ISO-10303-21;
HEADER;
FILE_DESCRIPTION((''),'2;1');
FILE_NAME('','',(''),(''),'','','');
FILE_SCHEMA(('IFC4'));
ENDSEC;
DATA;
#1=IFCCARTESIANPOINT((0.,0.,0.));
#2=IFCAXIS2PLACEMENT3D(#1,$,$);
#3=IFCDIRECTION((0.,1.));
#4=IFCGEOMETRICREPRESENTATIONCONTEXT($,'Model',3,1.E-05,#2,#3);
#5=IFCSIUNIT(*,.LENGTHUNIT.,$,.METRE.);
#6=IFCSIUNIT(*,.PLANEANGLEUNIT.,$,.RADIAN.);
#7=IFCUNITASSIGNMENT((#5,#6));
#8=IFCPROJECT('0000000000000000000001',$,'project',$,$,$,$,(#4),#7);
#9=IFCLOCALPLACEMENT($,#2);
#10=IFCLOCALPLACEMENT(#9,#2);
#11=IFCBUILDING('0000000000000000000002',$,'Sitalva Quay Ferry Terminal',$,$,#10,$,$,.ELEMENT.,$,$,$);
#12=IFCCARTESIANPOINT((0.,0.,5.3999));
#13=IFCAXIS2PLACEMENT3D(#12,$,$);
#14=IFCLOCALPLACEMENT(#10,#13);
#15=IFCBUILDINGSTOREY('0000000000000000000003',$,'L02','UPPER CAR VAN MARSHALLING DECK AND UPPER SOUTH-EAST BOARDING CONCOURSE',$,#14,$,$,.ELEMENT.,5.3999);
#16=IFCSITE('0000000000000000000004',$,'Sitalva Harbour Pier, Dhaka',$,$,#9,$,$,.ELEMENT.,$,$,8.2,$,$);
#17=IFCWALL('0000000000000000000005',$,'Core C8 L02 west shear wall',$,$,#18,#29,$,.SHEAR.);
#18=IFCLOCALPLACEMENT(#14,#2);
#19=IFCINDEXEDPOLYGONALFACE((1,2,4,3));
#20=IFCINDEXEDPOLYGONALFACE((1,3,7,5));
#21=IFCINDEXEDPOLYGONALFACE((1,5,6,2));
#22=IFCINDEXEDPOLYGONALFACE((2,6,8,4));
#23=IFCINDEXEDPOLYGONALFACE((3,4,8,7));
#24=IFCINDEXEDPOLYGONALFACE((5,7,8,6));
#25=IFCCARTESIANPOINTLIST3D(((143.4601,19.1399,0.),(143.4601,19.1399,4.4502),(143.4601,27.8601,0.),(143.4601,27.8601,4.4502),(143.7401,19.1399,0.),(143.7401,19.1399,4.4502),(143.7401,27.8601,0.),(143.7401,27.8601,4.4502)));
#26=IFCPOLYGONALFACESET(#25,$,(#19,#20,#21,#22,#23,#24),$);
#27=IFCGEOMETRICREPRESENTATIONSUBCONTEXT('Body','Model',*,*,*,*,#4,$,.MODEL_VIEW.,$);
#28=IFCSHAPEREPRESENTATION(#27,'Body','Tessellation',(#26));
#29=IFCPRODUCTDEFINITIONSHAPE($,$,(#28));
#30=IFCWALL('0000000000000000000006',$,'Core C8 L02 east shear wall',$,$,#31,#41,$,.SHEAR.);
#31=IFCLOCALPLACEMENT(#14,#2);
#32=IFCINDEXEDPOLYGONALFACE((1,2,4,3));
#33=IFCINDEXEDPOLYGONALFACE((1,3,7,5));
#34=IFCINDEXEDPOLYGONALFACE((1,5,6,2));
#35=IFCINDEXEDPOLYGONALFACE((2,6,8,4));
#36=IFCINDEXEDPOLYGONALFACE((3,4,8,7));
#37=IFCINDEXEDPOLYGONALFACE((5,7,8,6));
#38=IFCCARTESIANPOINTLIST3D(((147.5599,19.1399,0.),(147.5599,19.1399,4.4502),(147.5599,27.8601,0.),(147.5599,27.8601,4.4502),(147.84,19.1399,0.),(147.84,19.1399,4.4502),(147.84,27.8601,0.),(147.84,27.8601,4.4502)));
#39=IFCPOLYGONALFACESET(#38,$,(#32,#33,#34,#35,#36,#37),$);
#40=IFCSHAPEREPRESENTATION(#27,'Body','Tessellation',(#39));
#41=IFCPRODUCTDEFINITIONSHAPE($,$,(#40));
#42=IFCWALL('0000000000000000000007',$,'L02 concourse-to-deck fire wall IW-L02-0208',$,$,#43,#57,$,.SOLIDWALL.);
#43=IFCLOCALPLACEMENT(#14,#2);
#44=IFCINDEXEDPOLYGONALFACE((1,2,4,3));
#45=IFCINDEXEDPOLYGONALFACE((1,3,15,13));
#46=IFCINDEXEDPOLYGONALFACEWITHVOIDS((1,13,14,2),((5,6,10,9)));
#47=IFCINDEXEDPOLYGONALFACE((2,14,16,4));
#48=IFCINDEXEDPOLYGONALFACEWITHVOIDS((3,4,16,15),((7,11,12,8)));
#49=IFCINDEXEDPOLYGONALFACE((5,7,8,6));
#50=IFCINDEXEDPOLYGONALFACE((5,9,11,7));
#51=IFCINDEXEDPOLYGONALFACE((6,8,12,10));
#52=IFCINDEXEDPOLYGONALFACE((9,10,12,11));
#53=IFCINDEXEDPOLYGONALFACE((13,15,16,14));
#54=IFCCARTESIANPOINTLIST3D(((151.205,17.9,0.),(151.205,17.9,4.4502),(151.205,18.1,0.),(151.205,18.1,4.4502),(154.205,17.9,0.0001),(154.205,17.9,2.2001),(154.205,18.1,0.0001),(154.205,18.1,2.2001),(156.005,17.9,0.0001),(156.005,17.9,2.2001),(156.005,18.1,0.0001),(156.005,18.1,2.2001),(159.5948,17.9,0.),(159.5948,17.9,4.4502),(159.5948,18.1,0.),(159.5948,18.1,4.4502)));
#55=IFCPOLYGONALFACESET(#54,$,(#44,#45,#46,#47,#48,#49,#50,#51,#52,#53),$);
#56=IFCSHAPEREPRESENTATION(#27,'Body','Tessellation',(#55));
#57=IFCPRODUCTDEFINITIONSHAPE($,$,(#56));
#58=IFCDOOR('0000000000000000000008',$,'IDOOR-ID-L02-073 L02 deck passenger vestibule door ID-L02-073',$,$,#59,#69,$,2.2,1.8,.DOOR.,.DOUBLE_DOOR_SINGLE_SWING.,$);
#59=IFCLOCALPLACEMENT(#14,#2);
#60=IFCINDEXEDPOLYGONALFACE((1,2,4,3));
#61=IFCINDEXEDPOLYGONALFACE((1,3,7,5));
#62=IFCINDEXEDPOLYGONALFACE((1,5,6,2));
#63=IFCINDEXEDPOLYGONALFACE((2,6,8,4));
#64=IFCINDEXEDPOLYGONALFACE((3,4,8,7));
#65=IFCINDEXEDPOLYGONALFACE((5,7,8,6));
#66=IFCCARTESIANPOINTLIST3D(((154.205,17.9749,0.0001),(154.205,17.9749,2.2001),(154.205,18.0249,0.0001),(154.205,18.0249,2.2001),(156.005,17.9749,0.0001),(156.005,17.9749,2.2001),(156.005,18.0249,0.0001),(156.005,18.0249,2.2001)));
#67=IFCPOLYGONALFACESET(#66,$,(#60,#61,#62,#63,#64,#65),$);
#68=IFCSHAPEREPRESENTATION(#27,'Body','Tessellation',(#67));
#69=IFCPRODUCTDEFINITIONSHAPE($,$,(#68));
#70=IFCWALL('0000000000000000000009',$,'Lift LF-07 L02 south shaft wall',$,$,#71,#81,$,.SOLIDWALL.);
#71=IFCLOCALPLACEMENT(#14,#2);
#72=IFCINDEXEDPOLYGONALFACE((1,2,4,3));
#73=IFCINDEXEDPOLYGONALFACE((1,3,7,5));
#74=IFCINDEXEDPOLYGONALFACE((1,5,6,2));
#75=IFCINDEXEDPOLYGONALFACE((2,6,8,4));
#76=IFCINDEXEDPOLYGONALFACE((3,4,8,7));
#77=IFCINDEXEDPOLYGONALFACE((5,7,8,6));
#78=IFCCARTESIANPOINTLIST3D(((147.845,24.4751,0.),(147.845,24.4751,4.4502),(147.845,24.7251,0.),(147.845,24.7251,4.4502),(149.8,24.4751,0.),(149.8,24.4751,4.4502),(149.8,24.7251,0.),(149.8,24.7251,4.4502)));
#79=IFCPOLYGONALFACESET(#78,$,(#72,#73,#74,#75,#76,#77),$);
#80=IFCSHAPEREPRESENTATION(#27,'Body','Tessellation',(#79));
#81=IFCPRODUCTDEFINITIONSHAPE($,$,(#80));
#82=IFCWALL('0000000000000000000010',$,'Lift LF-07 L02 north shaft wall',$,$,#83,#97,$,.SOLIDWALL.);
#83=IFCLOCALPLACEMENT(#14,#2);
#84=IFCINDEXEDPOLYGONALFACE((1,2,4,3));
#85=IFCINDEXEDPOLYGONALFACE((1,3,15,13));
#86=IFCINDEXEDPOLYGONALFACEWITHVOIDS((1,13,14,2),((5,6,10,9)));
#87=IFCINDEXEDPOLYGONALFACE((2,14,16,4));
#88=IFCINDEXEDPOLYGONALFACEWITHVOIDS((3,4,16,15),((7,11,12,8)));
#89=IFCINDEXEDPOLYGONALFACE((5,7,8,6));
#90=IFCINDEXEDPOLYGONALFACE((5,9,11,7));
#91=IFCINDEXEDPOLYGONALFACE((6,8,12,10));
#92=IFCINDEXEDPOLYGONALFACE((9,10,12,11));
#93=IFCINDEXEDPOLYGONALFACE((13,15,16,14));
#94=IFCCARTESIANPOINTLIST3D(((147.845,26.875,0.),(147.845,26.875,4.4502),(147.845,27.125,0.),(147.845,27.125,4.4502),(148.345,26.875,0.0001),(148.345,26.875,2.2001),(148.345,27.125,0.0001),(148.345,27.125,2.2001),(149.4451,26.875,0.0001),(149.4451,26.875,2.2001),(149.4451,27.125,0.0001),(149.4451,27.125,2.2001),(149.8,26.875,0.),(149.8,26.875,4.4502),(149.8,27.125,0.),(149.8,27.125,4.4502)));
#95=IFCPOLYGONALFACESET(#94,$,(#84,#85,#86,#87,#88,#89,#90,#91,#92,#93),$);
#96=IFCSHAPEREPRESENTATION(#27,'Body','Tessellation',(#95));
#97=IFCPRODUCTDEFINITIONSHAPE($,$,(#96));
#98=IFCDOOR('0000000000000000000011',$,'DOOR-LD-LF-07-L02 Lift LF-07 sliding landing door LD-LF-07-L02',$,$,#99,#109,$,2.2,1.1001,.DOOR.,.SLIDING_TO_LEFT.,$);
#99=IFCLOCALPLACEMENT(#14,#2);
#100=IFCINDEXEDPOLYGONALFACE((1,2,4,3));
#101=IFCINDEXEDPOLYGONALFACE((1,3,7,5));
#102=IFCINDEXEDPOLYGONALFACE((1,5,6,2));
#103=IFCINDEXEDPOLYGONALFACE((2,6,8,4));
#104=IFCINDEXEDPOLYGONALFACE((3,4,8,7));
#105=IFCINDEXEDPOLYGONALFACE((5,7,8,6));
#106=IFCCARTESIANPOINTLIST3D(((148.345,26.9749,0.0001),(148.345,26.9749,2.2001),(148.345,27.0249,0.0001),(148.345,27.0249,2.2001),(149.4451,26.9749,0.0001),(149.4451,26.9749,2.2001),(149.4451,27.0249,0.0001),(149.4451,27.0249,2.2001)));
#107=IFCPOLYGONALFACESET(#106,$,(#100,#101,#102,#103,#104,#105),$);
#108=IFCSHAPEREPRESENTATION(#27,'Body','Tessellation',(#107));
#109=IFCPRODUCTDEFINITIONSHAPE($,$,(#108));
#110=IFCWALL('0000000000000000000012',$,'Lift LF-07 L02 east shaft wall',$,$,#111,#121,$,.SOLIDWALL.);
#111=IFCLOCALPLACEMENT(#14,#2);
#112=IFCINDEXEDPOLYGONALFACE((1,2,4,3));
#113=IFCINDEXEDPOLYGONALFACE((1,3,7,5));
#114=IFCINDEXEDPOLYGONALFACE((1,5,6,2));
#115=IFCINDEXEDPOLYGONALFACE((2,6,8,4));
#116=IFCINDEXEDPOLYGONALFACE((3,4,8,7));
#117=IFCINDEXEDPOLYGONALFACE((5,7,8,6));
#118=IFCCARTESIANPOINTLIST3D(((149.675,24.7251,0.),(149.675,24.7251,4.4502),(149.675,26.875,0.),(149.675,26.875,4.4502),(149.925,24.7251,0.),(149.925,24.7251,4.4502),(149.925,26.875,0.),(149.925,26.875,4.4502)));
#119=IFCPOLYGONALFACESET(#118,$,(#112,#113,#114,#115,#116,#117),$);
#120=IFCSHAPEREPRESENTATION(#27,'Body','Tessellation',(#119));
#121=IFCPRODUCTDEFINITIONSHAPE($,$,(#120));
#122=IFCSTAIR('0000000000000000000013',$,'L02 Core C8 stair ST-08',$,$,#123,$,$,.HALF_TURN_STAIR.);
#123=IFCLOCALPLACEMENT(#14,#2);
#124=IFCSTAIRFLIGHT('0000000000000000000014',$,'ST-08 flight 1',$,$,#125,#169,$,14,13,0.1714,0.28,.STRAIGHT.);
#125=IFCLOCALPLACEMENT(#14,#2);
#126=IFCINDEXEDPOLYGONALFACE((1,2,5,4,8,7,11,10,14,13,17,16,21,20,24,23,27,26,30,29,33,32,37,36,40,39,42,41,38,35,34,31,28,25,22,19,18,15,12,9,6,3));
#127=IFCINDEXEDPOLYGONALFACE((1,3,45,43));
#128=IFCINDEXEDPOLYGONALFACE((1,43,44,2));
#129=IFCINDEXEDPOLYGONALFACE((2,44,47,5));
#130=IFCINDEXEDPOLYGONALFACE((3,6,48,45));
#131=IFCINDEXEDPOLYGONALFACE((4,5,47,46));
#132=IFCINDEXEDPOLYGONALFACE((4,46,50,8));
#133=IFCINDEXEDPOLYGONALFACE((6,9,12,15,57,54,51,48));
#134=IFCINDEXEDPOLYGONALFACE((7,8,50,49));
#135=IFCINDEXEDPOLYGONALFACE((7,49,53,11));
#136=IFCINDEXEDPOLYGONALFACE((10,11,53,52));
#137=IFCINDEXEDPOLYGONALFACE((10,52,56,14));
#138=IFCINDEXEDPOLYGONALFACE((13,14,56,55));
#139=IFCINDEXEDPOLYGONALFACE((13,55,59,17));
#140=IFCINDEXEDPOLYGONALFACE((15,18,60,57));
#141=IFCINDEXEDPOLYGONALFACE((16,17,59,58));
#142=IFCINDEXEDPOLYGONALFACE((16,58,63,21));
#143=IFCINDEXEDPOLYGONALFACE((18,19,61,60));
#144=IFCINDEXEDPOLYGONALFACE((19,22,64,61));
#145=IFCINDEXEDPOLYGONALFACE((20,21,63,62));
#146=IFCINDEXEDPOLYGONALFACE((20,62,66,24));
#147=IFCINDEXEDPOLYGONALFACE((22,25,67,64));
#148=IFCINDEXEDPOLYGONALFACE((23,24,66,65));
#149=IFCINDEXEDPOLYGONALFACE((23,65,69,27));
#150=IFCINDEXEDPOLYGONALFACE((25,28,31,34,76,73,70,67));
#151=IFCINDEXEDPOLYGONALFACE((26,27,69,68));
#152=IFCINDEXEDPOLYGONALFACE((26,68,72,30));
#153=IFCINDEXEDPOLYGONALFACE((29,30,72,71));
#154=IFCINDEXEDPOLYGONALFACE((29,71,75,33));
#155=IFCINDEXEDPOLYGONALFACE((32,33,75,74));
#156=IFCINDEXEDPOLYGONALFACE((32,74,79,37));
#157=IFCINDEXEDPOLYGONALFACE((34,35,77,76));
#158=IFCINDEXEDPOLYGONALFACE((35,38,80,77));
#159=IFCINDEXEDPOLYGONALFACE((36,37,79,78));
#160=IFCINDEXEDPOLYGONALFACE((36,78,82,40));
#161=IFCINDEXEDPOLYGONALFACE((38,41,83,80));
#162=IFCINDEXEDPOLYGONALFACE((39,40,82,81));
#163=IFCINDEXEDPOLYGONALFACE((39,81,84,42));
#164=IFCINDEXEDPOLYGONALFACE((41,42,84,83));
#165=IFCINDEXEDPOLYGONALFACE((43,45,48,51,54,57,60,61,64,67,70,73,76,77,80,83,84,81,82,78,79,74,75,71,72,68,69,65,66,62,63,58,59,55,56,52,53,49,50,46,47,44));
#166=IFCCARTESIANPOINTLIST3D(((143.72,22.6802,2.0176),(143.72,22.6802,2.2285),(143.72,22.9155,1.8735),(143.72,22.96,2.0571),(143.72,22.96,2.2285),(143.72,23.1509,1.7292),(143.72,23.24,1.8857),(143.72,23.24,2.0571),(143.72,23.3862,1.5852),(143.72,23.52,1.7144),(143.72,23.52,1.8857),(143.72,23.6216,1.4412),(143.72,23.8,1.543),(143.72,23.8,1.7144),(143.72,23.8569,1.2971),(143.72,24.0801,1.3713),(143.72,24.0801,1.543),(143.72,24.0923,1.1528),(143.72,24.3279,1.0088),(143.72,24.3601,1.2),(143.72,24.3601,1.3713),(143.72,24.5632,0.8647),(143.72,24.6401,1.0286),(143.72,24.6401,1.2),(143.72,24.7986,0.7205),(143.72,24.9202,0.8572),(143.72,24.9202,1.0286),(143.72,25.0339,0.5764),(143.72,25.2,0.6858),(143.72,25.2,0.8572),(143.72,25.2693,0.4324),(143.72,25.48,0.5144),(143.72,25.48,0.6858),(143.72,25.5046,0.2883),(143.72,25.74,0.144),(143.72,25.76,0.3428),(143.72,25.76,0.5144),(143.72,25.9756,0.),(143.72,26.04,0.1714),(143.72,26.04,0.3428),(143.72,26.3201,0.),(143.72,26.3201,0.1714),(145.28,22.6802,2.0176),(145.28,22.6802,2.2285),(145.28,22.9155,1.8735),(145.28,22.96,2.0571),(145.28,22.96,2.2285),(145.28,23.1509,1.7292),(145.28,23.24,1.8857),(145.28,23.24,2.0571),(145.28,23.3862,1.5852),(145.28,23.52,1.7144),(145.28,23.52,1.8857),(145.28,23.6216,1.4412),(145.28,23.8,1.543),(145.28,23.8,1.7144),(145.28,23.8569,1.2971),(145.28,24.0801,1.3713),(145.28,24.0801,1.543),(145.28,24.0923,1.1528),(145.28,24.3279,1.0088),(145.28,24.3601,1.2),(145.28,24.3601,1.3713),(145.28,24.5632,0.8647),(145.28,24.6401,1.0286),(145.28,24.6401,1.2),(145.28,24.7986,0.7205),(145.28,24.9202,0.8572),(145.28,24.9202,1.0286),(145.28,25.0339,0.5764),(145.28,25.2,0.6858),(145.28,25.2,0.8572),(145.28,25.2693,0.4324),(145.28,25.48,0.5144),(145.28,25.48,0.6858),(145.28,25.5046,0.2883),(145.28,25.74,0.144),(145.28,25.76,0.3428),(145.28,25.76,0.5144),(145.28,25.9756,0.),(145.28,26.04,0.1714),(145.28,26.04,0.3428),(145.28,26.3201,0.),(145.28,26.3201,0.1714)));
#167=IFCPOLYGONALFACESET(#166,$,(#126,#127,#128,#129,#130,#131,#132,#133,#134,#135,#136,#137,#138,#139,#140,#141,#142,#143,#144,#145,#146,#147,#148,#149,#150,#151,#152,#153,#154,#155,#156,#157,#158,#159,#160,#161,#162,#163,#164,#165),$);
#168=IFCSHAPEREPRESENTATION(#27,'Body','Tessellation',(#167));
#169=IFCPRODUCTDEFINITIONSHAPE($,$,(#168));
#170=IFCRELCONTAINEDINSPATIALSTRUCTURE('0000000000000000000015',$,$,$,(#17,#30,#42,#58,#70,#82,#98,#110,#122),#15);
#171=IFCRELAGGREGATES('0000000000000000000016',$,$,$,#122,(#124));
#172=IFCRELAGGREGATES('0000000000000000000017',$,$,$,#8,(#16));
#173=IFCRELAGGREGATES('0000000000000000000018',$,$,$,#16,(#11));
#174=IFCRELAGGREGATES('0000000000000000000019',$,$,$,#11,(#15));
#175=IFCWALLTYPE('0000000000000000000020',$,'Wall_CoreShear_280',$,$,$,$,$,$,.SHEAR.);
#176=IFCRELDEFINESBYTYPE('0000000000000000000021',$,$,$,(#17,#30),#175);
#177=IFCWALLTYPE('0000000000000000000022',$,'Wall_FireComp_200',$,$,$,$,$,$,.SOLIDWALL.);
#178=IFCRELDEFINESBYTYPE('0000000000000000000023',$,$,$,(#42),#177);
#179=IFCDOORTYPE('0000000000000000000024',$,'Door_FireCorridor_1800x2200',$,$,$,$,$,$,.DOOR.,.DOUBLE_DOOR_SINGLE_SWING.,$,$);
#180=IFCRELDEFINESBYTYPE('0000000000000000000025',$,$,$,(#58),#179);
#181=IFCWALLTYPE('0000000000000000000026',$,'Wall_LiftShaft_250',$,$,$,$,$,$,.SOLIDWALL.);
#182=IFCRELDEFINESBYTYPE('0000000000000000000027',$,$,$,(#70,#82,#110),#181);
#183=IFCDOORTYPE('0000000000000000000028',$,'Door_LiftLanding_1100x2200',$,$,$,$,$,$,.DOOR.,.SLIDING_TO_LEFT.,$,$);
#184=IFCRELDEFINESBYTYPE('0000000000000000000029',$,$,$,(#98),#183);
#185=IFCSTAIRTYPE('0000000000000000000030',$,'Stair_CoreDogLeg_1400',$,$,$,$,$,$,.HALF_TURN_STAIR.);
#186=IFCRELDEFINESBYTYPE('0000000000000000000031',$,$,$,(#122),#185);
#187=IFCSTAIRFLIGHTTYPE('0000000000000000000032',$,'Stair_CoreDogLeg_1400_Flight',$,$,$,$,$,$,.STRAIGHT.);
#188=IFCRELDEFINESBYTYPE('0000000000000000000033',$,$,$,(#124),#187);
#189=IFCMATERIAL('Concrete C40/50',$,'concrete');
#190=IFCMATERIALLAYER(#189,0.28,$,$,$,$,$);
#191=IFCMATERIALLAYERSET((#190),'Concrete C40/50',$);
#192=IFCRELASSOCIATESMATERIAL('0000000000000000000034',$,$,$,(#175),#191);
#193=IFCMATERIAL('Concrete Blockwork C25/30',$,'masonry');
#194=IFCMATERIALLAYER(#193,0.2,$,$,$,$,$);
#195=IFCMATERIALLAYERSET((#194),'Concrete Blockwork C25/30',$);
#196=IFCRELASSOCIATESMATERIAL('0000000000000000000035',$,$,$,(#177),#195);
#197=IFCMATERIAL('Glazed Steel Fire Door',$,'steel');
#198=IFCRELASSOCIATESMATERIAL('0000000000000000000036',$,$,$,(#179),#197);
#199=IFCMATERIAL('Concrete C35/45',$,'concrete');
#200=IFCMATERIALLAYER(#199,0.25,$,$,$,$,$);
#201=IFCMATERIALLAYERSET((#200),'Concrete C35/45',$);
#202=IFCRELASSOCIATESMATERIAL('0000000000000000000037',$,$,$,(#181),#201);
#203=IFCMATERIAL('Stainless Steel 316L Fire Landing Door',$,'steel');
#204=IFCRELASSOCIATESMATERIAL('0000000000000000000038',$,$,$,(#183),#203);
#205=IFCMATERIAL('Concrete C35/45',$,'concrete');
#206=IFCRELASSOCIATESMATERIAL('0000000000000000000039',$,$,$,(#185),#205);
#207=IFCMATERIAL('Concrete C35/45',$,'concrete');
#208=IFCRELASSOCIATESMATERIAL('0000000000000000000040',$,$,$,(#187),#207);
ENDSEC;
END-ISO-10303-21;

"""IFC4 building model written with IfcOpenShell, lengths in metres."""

from ifc_helpers import new_model, si_unit, direction, frame, frame_2d, origin, place, context, subcontext, project, spatial, polyline, rectangle, outline, extrude, material, layer, layer_set, type_object, element, fill, aggregate, save


model = new_model("IFC4")

# Units and contexts
model_context = context("Model", 3, precision=1e-05, world=origin(), true_north=direction((0.0, 1.0)))
body_context = subcontext(model_context, "Body", "Model", "MODEL_VIEW")
ifc_project = project(units=[si_unit("LENGTHUNIT", "METRE"), si_unit("PLANEANGLEUNIT", "RADIAN")], contexts=[model_context])

# Site, building, storey
site_placement = place(None, origin())
site = spatial("IfcSite", under=ifc_project, at=site_placement, Name="Sitalva Harbour Pier, Dhaka", CompositionType="ELEMENT", RefElevation=8.2)
building_placement = place(site_placement, origin())
building = spatial("IfcBuilding", under=site, at=building_placement, Name="Sitalva Quay Ferry Terminal", CompositionType="ELEMENT")
storey_placement = place(building_placement, frame((0.0, 0.0, 5.3999)))
storey = spatial("IfcBuildingStorey", under=building, at=storey_placement, Name="L02", Description="UPPER CAR VAN MARSHALLING DECK AND UPPER SOUTH-EAST BOARDING CONCOURSE", CompositionType="ELEMENT", Elevation=5.3999)

# Walls
ifc_material_1 = material(Name="Concrete C40/50", Category="concrete")
ifc_layer_1 = layer(ifc_material_1, 0.28)
ifc_layer_set_1 = layer_set([ifc_layer_1], Name="Concrete C40/50")
wall_type_1 = type_object("IfcWallType", Name="Wall_CoreShear_280", PredefinedType="SHEAR", material=ifc_layer_set_1)
for number, where, z_axis, x_axis, name in (
    (1, (143.6001, 19.1399, 0.0), (0.0, 0.0, 1.0), (0.0, 1.0, 0.0), "Core C8 L02 west shear wall"),
    (2, (147.7, 19.1399, 0.0), (0.0, 0.0, 1.0), (0.0, 1.0, 0.0), "Core C8 L02 east shear wall"),
):
    element("IfcWall", number, at=place(storey_placement, frame(where, z_axis=z_axis, x_axis=x_axis)), inside=storey, type_object=wall_type_1, Name=name, PredefinedType="SHEAR", context=body_context, shape_type="SweptSolid", body=[
        extrude(rectangle(XDim=8.7202, YDim=0.28, at=frame_2d((4.3601, 0.0))), origin(), (0.0, 0.0, 1.0), 4.4502),
    ])

# Wall, opening, door
ifc_material_2 = material(Name="Concrete Blockwork C25/30", Category="masonry")
ifc_layer_2 = layer(ifc_material_2, 0.2)
ifc_layer_set_2 = layer_set([ifc_layer_2], Name="Concrete Blockwork C25/30")
wall_type_2 = type_object("IfcWallType", Name="Wall_FireComp_200", PredefinedType="SOLIDWALL", material=ifc_layer_set_2)
wall_1_placement = place(storey_placement, frame((151.2051, 18.0, 0.0), z_axis=(0.0, 0.0, 1.0), x_axis=(1.0, 0.0, 0.0)))
wall_1 = element("IfcWall", 3, at=wall_1_placement, inside=storey, type_object=wall_type_2, Name="L02 concourse-to-deck fire wall IW-L02-0208", PredefinedType="SOLIDWALL", context=body_context, shape_type="SweptSolid", body=[
    extrude(rectangle(XDim=8.3899, YDim=0.2, at=frame_2d((4.1948, 0.0))), origin(), (0.0, 0.0, 1.0), 4.4502),
])
opening_1_placement = place(wall_1_placement, frame((3.0, 0.0, 0.0)))
opening_1 = element("IfcOpeningElement", 4, at=opening_1_placement, cuts=wall_1, PredefinedType="OPENING", context=body_context, shape_type="SweptSolid", body=[
    extrude(rectangle(XDim=1.8, YDim=2.2, at=frame_2d((0.8999, 1.1001))), frame((0.0, 0.1099, 0.0), z_axis=(0.0, -1.0, 0.0), x_axis=(1.0, 0.0, 0.0)), (0.0, 0.0, 1.0), 0.22),
])
ifc_material_3 = material(Name="Glazed Steel Fire Door", Category="steel")
door_type_1 = type_object("IfcDoorType", Name="Door_FireCorridor_1800x2200", OperationType="DOUBLE_DOOR_SINGLE_SWING", PredefinedType="DOOR", material=ifc_material_3)
door_1_placement = place(opening_1_placement, origin())
door_1 = element("IfcDoor", 5, at=door_1_placement, inside=storey, type_object=door_type_1, Name="IDOOR-ID-L02-073 L02 deck passenger vestibule door ID-L02-073", OperationType="DOUBLE_DOOR_SINGLE_SWING", OverallHeight=2.2, OverallWidth=1.8, PredefinedType="DOOR", context=body_context, shape_type="SweptSolid", body=[
    extrude(rectangle(XDim=1.8, YDim=2.2, at=frame_2d((0.8999, 1.1001))), frame((0.0, 0.0249, 0.0), z_axis=(0.0, -1.0, 0.0), x_axis=(1.0, 0.0, 0.0)), (0.0, 0.0, 1.0), 0.05),
])
fill(opening_1, door_1)

# Wall
ifc_material_4 = material(Name="Concrete C35/45", Category="concrete")
ifc_layer_3 = layer(ifc_material_4, 0.25)
ifc_layer_set_3 = layer_set([ifc_layer_3], Name="Concrete C35/45")
wall_type_3 = type_object("IfcWallType", Name="Wall_LiftShaft_250", PredefinedType="SOLIDWALL", material=ifc_layer_set_3)
wall_2_placement = place(storey_placement, frame((147.845, 24.6001, 0.0), z_axis=(0.0, 0.0, 1.0), x_axis=(1.0, 0.0, 0.0)))
element("IfcWall", 6, at=wall_2_placement, inside=storey, type_object=wall_type_3, Name="Lift LF-07 L02 south shaft wall", PredefinedType="SOLIDWALL", context=body_context, shape_type="SweptSolid", body=[
    extrude(rectangle(XDim=1.9551, YDim=0.25, at=frame_2d((0.9775, 0.0))), origin(), (0.0, 0.0, 1.0), 4.4502),
])

# Wall, opening, door
wall_3_placement = place(storey_placement, frame((147.845, 27.0, 0.0), z_axis=(0.0, 0.0, 1.0), x_axis=(1.0, 0.0, 0.0)))
wall_3 = element("IfcWall", 7, at=wall_3_placement, inside=storey, type_object=wall_type_3, Name="Lift LF-07 L02 north shaft wall", PredefinedType="SOLIDWALL", context=body_context, shape_type="SweptSolid", body=[
    extrude(rectangle(XDim=1.9551, YDim=0.25, at=frame_2d((0.9775, 0.0))), origin(), (0.0, 0.0, 1.0), 4.4502),
])
opening_2_placement = place(wall_3_placement, frame((0.5, 0.0, 0.0)))
opening_2 = element("IfcOpeningElement", 8, at=opening_2_placement, cuts=wall_3, PredefinedType="OPENING", context=body_context, shape_type="SweptSolid", body=[
    extrude(rectangle(XDim=1.1001, YDim=2.2, at=frame_2d((0.55, 1.1001))), frame((0.0, 0.135, 0.0), z_axis=(0.0, -1.0, 0.0), x_axis=(1.0, 0.0, 0.0)), (0.0, 0.0, 1.0), 0.27),
])
ifc_material_5 = material(Name="Stainless Steel 316L Fire Landing Door", Category="steel")
door_type_2 = type_object("IfcDoorType", Name="Door_LiftLanding_1100x2200", OperationType="SLIDING_TO_LEFT", PredefinedType="DOOR", material=ifc_material_5)
door_2_placement = place(opening_2_placement, origin())
door_2 = element("IfcDoor", 9, at=door_2_placement, inside=storey, type_object=door_type_2, Name="DOOR-LD-LF-07-L02 Lift LF-07 sliding landing door LD-LF-07-L02", OperationType="SLIDING_TO_LEFT", OverallHeight=2.2, OverallWidth=1.1001, PredefinedType="DOOR", context=body_context, shape_type="SweptSolid", body=[
    extrude(rectangle(XDim=1.1001, YDim=2.2, at=frame_2d((0.55, 1.1001))), frame((0.0, 0.0249, 0.0), z_axis=(0.0, -1.0, 0.0), x_axis=(1.0, 0.0, 0.0)), (0.0, 0.0, 1.0), 0.05),
])
fill(opening_2, door_2)

# Wall
wall_4_placement = place(storey_placement, frame((149.8, 24.7251, 0.0), z_axis=(0.0, 0.0, 1.0), x_axis=(0.0, 1.0, 0.0)))
element("IfcWall", 10, at=wall_4_placement, inside=storey, type_object=wall_type_3, Name="Lift LF-07 L02 east shaft wall", PredefinedType="SOLIDWALL", context=body_context, shape_type="SweptSolid", body=[
    extrude(rectangle(XDim=2.1499, YDim=0.25, at=frame_2d((1.075, 0.0))), origin(), (0.0, 0.0, 1.0), 4.4502),
])

# Stair, stair flight
ifc_material_6 = material(Name="Concrete C35/45", Category="concrete")
stair_type = type_object("IfcStairType", Name="Stair_CoreDogLeg_1400", PredefinedType="HALF_TURN_STAIR", material=ifc_material_6)
stair_placement = place(storey_placement, origin())
stair = element("IfcStair", 11, at=stair_placement, inside=storey, type_object=stair_type, Name="L02 Core C8 stair ST-08", PredefinedType="HALF_TURN_STAIR")
ifc_material_7 = material(Name="Concrete C35/45", Category="concrete")
stair_flight_type = type_object("IfcStairFlightType", Name="Stair_CoreDogLeg_1400_Flight", PredefinedType="STRAIGHT", material=ifc_material_7)
stair_flight_1_placement = place(storey_placement, frame((144.5, 26.3201, 0.0), z_axis=(0.0, 0.0, 1.0), x_axis=(0.0, -1.0, 0.0)))
stair_flight_1 = element("IfcStairFlight", 12, at=stair_flight_1_placement, type_object=stair_flight_type, Name="ST-08 flight 1", NumberOfRisers=14, NumberOfTreads=13, PredefinedType="STRAIGHT", RiserHeight=0.1714, TreadLength=0.28, context=body_context, shape_type="SweptSolid", body=[
    extrude(outline(polyline([(0.0, 0.0), (0.0, 0.1714), (0.28, 0.1714), (0.28, 0.3428), (0.5601, 0.3428), (0.5601, 0.5144), (0.8401, 0.5144), (0.8401, 0.6858), (1.1201, 0.6858), (1.1201, 0.8572), (1.3999, 0.8572), (1.3999, 1.0286), (1.6799, 1.0286), (1.6799, 1.2), (1.96, 1.2), (1.96, 1.3713), (2.24, 1.3713), (2.24, 1.543), (2.52, 1.543), (2.52, 1.7144), (2.8, 1.7144), (2.8, 1.8857), (3.0801, 1.8857), (3.0801, 2.0571), (3.3601, 2.0571), (3.3601, 2.2285), (3.6399, 2.2285), (3.6399, 2.3999), (3.6399, 2.0176), (3.4045, 1.8735), (3.1692, 1.7292), (2.9338, 1.5852), (2.6985, 1.4412), (2.4631, 1.2971), (2.2278, 1.1528), (1.9922, 1.0088), (1.7568, 0.8647), (1.5215, 0.7205), (1.2861, 0.5764), (1.0508, 0.4324), (0.8154, 0.2883), (0.5801, 0.144), (0.3445, 0.0), (0.0, 0.0)])), frame((0.0, 0.78, 0.0), z_axis=(0.0, -1.0, 0.0), x_axis=(1.0, 0.0, 0.0)), (0.0, 0.0, 1.0), 1.5601),
])
aggregate(stair, [stair_flight_1])

save(model, "model.ifc")
